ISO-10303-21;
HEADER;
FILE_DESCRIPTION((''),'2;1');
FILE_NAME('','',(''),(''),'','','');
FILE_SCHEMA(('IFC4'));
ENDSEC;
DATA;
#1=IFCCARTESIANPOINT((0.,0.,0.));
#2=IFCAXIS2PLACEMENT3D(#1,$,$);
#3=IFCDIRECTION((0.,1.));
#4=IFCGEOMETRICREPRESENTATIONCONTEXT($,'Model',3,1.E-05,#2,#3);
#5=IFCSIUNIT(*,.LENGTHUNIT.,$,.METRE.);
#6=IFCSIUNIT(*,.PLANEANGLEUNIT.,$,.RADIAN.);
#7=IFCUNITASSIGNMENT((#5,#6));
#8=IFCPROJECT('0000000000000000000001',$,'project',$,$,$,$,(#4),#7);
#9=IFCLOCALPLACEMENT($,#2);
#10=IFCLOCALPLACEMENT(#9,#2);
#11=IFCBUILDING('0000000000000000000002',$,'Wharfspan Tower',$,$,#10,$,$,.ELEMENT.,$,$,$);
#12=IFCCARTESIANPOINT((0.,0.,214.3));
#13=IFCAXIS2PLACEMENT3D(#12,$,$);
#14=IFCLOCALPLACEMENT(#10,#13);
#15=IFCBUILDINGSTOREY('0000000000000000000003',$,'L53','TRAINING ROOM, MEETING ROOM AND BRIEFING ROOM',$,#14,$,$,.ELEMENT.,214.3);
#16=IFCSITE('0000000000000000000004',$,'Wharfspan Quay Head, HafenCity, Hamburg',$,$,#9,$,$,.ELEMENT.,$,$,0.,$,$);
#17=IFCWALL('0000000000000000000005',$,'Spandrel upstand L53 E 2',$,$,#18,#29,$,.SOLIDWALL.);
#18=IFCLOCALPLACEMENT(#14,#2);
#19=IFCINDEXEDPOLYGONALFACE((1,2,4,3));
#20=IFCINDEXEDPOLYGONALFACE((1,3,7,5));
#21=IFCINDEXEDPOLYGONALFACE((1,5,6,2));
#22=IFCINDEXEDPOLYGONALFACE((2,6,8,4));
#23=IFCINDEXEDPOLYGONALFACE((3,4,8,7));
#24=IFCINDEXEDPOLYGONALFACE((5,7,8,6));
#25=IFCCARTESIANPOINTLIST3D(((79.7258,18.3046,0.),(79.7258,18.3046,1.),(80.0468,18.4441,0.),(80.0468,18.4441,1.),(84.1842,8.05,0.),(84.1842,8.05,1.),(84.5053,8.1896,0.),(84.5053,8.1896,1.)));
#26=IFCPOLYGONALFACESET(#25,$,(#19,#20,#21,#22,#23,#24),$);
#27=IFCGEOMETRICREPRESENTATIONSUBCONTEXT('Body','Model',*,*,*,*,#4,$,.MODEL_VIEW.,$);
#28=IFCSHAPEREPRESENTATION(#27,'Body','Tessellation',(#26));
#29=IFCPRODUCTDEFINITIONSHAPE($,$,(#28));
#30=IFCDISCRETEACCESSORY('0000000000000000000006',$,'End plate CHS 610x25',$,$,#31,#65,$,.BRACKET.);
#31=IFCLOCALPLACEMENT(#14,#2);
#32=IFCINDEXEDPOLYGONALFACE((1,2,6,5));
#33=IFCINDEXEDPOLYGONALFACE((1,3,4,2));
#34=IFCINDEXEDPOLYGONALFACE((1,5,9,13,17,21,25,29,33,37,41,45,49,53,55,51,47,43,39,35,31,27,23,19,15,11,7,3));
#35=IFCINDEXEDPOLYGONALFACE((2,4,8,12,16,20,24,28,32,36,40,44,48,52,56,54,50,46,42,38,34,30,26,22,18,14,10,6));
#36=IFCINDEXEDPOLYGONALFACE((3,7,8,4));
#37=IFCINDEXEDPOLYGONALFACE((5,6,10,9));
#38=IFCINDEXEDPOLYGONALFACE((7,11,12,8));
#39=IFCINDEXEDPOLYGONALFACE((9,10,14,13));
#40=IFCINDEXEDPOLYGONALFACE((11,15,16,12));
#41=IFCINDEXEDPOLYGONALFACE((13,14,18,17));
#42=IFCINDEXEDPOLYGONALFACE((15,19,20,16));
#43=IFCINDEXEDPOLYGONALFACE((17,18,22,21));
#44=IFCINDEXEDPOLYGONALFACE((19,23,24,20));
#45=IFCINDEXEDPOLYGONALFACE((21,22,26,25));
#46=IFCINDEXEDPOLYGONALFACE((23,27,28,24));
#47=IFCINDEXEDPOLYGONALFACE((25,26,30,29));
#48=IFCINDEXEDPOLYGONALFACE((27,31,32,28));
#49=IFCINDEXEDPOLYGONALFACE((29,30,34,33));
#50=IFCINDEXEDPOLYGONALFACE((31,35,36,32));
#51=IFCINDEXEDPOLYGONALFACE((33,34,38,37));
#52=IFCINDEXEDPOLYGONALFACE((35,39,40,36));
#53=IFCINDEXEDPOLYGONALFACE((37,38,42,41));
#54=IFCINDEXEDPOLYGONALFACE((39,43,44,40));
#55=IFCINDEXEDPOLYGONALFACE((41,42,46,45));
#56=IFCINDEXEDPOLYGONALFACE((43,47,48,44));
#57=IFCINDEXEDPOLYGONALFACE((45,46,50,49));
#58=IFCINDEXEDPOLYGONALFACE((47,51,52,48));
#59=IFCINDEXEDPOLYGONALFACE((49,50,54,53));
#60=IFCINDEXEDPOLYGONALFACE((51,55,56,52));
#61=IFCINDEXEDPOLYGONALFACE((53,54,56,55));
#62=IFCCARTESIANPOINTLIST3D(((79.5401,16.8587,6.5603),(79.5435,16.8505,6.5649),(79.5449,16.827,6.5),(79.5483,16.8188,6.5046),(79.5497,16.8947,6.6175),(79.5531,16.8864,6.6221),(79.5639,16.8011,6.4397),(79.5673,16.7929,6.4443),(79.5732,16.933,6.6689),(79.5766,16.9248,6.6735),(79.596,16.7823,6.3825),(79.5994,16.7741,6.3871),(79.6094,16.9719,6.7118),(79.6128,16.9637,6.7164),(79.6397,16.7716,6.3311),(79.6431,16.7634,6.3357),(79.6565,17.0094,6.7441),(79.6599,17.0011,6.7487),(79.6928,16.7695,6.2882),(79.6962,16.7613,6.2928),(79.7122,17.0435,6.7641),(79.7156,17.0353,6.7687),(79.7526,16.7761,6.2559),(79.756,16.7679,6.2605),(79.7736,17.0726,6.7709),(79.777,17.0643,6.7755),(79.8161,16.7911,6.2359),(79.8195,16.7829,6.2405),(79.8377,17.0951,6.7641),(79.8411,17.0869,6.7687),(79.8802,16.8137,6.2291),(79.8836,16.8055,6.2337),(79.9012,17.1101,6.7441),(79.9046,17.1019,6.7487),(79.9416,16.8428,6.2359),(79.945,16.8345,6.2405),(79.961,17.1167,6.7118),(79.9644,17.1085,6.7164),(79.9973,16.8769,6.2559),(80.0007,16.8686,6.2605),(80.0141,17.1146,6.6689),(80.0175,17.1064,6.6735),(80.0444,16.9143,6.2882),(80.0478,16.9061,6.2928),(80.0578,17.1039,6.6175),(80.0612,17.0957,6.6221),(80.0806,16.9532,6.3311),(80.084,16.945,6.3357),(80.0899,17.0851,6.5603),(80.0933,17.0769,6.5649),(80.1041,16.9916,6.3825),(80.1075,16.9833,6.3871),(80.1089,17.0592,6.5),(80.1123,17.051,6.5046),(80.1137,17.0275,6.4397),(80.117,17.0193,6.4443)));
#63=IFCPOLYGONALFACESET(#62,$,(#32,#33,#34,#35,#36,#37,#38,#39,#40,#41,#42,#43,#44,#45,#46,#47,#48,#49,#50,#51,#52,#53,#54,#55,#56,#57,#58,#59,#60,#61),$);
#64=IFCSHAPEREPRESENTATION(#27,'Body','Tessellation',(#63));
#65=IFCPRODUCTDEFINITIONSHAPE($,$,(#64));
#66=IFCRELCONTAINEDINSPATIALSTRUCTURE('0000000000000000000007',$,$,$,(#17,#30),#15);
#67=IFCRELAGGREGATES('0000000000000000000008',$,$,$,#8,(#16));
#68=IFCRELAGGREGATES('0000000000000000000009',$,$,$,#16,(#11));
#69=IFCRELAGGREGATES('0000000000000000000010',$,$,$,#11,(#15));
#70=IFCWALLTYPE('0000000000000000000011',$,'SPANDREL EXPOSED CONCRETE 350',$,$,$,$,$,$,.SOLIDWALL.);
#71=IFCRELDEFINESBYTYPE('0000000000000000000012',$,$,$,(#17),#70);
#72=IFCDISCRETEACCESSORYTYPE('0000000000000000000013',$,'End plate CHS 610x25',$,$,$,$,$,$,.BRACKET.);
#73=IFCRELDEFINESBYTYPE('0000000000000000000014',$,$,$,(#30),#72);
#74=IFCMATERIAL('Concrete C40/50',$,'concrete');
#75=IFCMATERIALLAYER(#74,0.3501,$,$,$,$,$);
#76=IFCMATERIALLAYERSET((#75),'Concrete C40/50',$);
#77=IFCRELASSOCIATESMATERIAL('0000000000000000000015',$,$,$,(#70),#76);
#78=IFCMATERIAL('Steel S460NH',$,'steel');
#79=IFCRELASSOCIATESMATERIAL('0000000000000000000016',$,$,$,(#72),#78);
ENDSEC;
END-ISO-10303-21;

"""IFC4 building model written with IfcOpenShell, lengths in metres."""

from ifc_helpers import new_model, si_unit, direction, frame, frame_2d, origin, origin_2d, place, context, subcontext, project, spatial, rectangle, circle, extrude, material, layer, layer_set, material_profile, profile_set, type_object, element, save


model = new_model("IFC4")

# Units and contexts
model_context = context("Model", 3, precision=1e-05, world=origin(), true_north=direction((0.0, 1.0)))
body_context = subcontext(model_context, "Body", "Model", "MODEL_VIEW")
ifc_project = project(units=[si_unit("LENGTHUNIT", "METRE"), si_unit("PLANEANGLEUNIT", "RADIAN")], contexts=[model_context])

# Site, building, storey
site_placement = place(None, origin())
site = spatial("IfcSite", under=ifc_project, at=site_placement, Name="Wharfspan Quay Head, HafenCity, Hamburg", CompositionType="ELEMENT", RefElevation=0.0)
building_placement = place(site_placement, origin())
building = spatial("IfcBuilding", under=site, at=building_placement, Name="Wharfspan Tower", CompositionType="ELEMENT")
storey_placement = place(building_placement, frame((0.0, 0.0, 214.3)))
storey = spatial("IfcBuildingStorey", under=building, at=storey_placement, Name="L53", Description="TRAINING ROOM, MEETING ROOM AND BRIEFING ROOM", CompositionType="ELEMENT", Elevation=214.3)

# Wall
ifc_material_1 = material(Name="Concrete C40/50", Category="concrete")
ifc_layer_1 = layer(ifc_material_1, 0.3501)
ifc_layer_set_1 = layer_set([ifc_layer_1], Name="Concrete C40/50")
wall_type_1 = type_object("IfcWallType", Name="SPANDREL EXPOSED CONCRETE 350", PredefinedType="SOLIDWALL", material=ifc_layer_set_1)
wall_1_placement = place(storey_placement, frame((84.3447, 8.1199, 0.0), z_axis=(0.0, 0.0, 1.0), x_axis=(-0.398721, 0.917067, 0.0)))
element("IfcWall", 1, at=wall_1_placement, inside=storey, type_object=wall_type_1, Name="Spandrel upstand L53 E 2", PredefinedType="SOLIDWALL", context=body_context, shape_type="SweptSolid", body=[
    extrude(rectangle(XDim=11.1819, YDim=0.3501, at=frame_2d((5.5908, 0.0))), origin(), (0.0, 0.0, 1.0), 1.0),
])

# Discrete accessory
ifc_material_2 = material(Name="Steel S460NH", Category="steel")
ifc_material_profile_1 = material_profile(ifc_material_2, circle(Radius=0.3049, at=origin_2d()))
ifc_profile_set_1 = profile_set([ifc_material_profile_1], Name="Steel S460NH")
discrete_accessory_type = type_object("IfcDiscreteAccessoryType", Name="End plate CHS 610x25", PredefinedType="BRACKET", material=ifc_profile_set_1)
discrete_accessory_placement = place(storey_placement, frame((79.8269, 16.9431, 6.5), z_axis=(0.338259, -0.821486, 0.459066), x_axis=(0.924676, 0.380749, 0.0)))
element("IfcDiscreteAccessory", 2, at=discrete_accessory_placement, inside=storey, type_object=discrete_accessory_type, Name="End plate CHS 610x25", PredefinedType="BRACKET", context=body_context, shape_type="SweptSolid", body=[
    extrude(circle(Radius=0.3049, at=origin_2d()), origin(), (0.0, 0.0, 1.0), 0.01),
])

save(model, "model.ifc")
